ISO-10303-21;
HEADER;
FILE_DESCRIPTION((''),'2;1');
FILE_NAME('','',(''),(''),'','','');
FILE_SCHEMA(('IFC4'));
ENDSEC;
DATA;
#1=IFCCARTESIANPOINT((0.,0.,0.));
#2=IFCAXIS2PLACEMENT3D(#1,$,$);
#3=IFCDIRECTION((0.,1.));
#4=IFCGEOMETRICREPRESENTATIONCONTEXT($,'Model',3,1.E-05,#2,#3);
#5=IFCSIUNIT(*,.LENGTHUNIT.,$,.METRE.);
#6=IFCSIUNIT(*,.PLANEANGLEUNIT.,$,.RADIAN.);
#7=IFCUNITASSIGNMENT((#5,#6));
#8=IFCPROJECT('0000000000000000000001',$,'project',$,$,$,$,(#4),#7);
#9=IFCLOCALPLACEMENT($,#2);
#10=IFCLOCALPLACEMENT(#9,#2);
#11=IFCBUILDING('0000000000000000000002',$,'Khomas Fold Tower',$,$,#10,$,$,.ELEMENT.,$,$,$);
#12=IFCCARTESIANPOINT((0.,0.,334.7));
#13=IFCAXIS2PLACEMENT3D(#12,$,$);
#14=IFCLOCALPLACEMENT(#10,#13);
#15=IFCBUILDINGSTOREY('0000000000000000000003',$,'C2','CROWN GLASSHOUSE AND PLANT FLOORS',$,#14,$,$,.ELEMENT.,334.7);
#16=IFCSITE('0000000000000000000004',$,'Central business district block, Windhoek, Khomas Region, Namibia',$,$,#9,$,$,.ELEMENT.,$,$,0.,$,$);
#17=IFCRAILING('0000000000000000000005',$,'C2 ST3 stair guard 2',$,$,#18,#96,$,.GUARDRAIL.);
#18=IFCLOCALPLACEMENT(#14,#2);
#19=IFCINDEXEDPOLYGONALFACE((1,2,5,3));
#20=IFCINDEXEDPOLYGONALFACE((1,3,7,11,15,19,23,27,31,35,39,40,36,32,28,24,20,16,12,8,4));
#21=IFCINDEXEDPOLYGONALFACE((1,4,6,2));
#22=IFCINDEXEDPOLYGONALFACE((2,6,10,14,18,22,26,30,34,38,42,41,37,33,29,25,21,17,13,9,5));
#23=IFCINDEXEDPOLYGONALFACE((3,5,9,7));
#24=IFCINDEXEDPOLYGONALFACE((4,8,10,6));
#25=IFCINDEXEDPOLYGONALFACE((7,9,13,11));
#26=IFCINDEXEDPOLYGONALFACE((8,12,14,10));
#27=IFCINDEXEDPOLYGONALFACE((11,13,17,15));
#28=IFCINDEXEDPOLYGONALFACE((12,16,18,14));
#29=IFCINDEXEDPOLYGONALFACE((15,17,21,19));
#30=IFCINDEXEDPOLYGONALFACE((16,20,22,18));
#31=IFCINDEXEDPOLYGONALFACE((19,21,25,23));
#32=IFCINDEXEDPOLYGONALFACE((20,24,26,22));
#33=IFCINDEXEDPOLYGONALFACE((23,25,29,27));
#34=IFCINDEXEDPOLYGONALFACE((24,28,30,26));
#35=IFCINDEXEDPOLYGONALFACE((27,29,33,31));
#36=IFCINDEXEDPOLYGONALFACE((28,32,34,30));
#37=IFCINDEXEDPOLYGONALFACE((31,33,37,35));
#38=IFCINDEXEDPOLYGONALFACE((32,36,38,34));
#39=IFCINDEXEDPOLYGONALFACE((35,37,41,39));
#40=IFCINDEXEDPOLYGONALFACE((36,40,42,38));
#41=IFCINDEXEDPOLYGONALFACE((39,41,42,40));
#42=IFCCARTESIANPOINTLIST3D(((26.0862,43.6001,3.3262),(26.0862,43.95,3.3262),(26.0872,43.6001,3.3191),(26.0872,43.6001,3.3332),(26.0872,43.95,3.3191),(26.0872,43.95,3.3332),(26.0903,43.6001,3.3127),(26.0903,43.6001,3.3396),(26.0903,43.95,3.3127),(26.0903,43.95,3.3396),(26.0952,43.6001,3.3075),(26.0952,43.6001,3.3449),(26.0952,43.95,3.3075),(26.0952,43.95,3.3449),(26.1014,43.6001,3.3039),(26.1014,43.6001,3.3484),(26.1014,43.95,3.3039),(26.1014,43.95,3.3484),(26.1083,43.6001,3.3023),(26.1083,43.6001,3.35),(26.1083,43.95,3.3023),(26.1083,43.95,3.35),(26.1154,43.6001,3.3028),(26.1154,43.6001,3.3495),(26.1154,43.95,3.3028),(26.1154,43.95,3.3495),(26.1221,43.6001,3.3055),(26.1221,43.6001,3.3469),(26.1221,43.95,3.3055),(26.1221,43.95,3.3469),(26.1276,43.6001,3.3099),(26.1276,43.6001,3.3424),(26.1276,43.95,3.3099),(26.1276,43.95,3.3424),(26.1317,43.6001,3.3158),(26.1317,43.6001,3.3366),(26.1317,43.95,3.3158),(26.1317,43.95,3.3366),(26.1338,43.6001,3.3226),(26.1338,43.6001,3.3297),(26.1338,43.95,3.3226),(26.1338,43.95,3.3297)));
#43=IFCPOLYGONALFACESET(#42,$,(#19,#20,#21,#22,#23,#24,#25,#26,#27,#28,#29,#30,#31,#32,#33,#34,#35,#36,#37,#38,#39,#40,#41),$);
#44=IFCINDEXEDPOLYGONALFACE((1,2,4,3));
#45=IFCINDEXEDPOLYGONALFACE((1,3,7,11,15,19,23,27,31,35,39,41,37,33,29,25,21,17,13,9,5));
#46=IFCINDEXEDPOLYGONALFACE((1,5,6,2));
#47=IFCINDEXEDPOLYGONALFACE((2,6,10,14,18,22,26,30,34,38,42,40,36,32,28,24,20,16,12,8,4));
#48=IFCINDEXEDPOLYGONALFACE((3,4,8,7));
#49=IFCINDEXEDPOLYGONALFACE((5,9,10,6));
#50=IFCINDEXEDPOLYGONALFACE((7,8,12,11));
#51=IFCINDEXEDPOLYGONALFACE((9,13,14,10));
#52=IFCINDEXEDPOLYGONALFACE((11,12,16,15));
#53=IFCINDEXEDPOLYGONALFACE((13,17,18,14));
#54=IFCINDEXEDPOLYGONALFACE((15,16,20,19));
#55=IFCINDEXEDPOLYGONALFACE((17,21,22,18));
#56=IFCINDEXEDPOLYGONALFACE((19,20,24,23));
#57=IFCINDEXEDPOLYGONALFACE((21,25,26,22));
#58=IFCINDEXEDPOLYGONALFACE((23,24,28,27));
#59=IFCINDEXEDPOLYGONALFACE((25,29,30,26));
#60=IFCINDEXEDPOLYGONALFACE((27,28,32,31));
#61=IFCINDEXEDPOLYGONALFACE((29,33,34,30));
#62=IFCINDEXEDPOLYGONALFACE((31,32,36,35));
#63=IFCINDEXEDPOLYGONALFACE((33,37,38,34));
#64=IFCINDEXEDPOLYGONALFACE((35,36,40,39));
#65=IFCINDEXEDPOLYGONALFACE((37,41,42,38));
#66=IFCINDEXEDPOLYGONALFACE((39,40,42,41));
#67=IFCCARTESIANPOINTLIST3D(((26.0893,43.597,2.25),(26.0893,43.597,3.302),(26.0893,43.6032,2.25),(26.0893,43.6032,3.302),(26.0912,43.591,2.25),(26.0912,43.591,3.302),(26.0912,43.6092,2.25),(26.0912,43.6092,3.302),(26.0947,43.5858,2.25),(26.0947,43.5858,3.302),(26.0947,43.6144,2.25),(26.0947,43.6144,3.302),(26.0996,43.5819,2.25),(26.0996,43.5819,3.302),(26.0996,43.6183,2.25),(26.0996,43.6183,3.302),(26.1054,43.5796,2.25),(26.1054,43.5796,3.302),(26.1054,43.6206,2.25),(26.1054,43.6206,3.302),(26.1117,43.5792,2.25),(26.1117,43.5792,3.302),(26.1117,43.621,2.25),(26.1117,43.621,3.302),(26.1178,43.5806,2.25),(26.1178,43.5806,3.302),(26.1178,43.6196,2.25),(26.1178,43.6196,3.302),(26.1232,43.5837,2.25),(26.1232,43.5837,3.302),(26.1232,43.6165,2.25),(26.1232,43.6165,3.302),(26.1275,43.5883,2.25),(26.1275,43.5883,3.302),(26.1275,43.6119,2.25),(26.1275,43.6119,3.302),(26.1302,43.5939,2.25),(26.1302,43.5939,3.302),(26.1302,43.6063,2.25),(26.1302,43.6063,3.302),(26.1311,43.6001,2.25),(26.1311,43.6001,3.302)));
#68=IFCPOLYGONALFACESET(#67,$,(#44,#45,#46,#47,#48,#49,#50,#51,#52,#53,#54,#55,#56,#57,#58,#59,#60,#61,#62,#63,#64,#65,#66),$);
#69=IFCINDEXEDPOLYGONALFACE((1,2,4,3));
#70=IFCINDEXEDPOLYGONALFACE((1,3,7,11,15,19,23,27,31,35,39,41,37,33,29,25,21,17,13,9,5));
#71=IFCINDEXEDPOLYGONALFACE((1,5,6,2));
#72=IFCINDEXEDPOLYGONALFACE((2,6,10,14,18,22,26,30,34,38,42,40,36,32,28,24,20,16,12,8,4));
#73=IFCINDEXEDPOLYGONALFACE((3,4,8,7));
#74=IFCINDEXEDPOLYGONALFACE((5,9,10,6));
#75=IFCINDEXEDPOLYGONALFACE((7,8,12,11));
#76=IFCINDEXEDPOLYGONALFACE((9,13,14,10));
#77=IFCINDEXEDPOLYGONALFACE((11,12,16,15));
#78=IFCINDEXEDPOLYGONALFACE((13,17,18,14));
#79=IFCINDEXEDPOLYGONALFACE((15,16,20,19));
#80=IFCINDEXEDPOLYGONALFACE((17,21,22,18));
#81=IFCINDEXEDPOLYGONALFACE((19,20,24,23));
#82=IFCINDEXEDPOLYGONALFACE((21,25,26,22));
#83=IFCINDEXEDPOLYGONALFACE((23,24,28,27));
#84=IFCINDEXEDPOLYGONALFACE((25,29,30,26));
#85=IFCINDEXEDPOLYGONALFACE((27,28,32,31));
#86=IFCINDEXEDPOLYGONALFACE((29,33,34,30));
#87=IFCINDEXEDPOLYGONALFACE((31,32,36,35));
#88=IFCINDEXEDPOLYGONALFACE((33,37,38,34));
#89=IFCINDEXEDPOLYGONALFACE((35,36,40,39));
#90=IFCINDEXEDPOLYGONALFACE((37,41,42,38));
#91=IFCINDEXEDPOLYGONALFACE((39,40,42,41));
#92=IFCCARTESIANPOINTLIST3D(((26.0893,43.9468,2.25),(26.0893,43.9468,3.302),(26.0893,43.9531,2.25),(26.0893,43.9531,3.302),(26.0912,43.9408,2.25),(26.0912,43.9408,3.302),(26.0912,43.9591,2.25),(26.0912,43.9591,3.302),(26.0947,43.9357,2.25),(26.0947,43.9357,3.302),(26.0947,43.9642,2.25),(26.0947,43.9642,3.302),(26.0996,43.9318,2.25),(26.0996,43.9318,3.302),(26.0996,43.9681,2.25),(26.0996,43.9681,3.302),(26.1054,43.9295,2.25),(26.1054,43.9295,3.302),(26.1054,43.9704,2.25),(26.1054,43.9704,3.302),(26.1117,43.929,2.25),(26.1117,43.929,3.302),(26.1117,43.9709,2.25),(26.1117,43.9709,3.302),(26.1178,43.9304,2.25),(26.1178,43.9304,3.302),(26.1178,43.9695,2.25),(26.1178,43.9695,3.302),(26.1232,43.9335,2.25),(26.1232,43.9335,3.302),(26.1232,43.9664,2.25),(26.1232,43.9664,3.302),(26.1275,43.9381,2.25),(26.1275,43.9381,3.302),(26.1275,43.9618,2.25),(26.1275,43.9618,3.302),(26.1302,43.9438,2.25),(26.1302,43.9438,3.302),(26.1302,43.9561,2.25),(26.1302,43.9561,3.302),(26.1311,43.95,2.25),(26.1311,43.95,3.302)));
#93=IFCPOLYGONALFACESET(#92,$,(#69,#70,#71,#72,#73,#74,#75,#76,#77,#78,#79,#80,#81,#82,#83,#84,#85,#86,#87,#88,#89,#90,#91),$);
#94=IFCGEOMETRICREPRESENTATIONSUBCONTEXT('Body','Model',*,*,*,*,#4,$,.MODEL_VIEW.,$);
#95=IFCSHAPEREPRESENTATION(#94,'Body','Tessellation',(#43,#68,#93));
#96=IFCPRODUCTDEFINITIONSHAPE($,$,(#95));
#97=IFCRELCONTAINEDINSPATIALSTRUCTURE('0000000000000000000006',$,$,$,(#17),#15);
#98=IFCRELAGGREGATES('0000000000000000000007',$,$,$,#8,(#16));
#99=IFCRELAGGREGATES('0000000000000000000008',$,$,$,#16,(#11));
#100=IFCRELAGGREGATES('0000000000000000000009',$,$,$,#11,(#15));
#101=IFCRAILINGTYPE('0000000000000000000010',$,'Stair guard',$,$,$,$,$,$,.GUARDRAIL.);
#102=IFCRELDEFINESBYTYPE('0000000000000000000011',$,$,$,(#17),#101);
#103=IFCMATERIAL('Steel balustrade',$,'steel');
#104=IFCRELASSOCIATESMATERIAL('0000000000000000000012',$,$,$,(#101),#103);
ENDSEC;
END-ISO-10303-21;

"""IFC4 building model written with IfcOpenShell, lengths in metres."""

from ifc_helpers import new_model, si_unit, direction, frame, origin, origin_2d, place, context, subcontext, project, spatial, circle, extrude, source, transform, mapped, material, type_object, element, save


model = new_model("IFC4")

# Units and contexts
model_context = context("Model", 3, precision=1e-05, world=origin(), true_north=direction((0.0, 1.0)))
body_context = subcontext(model_context, "Body", "Model", "MODEL_VIEW")
ifc_project = project(units=[si_unit("LENGTHUNIT", "METRE"), si_unit("PLANEANGLEUNIT", "RADIAN")], contexts=[model_context])

# Site, building, storey
site_placement = place(None, origin())
site = spatial("IfcSite", under=ifc_project, at=site_placement, Name="Central business district block, Windhoek, Khomas Region, Namibia", CompositionType="ELEMENT", RefElevation=0.0)
building_placement = place(site_placement, origin())
building = spatial("IfcBuilding", under=site, at=building_placement, Name="Khomas Fold Tower", CompositionType="ELEMENT")
storey_placement = place(building_placement, frame((0.0, 0.0, 334.7)))
storey = spatial("IfcBuildingStorey", under=building, at=storey_placement, Name="C2", Description="CROWN GLASSHOUSE AND PLANT FLOORS", CompositionType="ELEMENT", Elevation=334.7)

# Railing
ifc_material_1 = material(Name="Steel balustrade", Category="steel")
railing_type_1 = type_object("IfcRailingType", Name="Stair guard", PredefinedType="GUARDRAIL", material=ifc_material_1)
shared_shape_1 = source(origin(), body_context, "Body", "SweptSolid", [
    extrude(circle(Radius=0.0239, at=origin_2d()), frame((0.0, 0.0, 1.0762), z_axis=(0.0, 1.0, 0.0), x_axis=(-1.0, 0.0, 0.0)), (0.0, 0.0, 1.0), 0.3499),
    extrude(circle(Radius=0.021, at=origin_2d()), origin(), (0.0, 0.0, 1.0), 1.052),
    extrude(circle(Radius=0.021, at=origin_2d()), frame((0.0, 0.3499, 0.0)), (0.0, 0.0, 1.0), 1.052),
])
railing_1_placement = place(storey_placement, frame((26.1101, 43.6001, 2.25)))
element("IfcRailing", 1, at=railing_1_placement, inside=storey, type_object=railing_type_1, Name="C2 ST3 stair guard 2", PredefinedType="GUARDRAIL", context=body_context, shape_type="MappedRepresentation", body=[
    mapped(shared_shape_1, transform((0.0, 0.0, 0.0))),
])

save(model, "model.ifc")
